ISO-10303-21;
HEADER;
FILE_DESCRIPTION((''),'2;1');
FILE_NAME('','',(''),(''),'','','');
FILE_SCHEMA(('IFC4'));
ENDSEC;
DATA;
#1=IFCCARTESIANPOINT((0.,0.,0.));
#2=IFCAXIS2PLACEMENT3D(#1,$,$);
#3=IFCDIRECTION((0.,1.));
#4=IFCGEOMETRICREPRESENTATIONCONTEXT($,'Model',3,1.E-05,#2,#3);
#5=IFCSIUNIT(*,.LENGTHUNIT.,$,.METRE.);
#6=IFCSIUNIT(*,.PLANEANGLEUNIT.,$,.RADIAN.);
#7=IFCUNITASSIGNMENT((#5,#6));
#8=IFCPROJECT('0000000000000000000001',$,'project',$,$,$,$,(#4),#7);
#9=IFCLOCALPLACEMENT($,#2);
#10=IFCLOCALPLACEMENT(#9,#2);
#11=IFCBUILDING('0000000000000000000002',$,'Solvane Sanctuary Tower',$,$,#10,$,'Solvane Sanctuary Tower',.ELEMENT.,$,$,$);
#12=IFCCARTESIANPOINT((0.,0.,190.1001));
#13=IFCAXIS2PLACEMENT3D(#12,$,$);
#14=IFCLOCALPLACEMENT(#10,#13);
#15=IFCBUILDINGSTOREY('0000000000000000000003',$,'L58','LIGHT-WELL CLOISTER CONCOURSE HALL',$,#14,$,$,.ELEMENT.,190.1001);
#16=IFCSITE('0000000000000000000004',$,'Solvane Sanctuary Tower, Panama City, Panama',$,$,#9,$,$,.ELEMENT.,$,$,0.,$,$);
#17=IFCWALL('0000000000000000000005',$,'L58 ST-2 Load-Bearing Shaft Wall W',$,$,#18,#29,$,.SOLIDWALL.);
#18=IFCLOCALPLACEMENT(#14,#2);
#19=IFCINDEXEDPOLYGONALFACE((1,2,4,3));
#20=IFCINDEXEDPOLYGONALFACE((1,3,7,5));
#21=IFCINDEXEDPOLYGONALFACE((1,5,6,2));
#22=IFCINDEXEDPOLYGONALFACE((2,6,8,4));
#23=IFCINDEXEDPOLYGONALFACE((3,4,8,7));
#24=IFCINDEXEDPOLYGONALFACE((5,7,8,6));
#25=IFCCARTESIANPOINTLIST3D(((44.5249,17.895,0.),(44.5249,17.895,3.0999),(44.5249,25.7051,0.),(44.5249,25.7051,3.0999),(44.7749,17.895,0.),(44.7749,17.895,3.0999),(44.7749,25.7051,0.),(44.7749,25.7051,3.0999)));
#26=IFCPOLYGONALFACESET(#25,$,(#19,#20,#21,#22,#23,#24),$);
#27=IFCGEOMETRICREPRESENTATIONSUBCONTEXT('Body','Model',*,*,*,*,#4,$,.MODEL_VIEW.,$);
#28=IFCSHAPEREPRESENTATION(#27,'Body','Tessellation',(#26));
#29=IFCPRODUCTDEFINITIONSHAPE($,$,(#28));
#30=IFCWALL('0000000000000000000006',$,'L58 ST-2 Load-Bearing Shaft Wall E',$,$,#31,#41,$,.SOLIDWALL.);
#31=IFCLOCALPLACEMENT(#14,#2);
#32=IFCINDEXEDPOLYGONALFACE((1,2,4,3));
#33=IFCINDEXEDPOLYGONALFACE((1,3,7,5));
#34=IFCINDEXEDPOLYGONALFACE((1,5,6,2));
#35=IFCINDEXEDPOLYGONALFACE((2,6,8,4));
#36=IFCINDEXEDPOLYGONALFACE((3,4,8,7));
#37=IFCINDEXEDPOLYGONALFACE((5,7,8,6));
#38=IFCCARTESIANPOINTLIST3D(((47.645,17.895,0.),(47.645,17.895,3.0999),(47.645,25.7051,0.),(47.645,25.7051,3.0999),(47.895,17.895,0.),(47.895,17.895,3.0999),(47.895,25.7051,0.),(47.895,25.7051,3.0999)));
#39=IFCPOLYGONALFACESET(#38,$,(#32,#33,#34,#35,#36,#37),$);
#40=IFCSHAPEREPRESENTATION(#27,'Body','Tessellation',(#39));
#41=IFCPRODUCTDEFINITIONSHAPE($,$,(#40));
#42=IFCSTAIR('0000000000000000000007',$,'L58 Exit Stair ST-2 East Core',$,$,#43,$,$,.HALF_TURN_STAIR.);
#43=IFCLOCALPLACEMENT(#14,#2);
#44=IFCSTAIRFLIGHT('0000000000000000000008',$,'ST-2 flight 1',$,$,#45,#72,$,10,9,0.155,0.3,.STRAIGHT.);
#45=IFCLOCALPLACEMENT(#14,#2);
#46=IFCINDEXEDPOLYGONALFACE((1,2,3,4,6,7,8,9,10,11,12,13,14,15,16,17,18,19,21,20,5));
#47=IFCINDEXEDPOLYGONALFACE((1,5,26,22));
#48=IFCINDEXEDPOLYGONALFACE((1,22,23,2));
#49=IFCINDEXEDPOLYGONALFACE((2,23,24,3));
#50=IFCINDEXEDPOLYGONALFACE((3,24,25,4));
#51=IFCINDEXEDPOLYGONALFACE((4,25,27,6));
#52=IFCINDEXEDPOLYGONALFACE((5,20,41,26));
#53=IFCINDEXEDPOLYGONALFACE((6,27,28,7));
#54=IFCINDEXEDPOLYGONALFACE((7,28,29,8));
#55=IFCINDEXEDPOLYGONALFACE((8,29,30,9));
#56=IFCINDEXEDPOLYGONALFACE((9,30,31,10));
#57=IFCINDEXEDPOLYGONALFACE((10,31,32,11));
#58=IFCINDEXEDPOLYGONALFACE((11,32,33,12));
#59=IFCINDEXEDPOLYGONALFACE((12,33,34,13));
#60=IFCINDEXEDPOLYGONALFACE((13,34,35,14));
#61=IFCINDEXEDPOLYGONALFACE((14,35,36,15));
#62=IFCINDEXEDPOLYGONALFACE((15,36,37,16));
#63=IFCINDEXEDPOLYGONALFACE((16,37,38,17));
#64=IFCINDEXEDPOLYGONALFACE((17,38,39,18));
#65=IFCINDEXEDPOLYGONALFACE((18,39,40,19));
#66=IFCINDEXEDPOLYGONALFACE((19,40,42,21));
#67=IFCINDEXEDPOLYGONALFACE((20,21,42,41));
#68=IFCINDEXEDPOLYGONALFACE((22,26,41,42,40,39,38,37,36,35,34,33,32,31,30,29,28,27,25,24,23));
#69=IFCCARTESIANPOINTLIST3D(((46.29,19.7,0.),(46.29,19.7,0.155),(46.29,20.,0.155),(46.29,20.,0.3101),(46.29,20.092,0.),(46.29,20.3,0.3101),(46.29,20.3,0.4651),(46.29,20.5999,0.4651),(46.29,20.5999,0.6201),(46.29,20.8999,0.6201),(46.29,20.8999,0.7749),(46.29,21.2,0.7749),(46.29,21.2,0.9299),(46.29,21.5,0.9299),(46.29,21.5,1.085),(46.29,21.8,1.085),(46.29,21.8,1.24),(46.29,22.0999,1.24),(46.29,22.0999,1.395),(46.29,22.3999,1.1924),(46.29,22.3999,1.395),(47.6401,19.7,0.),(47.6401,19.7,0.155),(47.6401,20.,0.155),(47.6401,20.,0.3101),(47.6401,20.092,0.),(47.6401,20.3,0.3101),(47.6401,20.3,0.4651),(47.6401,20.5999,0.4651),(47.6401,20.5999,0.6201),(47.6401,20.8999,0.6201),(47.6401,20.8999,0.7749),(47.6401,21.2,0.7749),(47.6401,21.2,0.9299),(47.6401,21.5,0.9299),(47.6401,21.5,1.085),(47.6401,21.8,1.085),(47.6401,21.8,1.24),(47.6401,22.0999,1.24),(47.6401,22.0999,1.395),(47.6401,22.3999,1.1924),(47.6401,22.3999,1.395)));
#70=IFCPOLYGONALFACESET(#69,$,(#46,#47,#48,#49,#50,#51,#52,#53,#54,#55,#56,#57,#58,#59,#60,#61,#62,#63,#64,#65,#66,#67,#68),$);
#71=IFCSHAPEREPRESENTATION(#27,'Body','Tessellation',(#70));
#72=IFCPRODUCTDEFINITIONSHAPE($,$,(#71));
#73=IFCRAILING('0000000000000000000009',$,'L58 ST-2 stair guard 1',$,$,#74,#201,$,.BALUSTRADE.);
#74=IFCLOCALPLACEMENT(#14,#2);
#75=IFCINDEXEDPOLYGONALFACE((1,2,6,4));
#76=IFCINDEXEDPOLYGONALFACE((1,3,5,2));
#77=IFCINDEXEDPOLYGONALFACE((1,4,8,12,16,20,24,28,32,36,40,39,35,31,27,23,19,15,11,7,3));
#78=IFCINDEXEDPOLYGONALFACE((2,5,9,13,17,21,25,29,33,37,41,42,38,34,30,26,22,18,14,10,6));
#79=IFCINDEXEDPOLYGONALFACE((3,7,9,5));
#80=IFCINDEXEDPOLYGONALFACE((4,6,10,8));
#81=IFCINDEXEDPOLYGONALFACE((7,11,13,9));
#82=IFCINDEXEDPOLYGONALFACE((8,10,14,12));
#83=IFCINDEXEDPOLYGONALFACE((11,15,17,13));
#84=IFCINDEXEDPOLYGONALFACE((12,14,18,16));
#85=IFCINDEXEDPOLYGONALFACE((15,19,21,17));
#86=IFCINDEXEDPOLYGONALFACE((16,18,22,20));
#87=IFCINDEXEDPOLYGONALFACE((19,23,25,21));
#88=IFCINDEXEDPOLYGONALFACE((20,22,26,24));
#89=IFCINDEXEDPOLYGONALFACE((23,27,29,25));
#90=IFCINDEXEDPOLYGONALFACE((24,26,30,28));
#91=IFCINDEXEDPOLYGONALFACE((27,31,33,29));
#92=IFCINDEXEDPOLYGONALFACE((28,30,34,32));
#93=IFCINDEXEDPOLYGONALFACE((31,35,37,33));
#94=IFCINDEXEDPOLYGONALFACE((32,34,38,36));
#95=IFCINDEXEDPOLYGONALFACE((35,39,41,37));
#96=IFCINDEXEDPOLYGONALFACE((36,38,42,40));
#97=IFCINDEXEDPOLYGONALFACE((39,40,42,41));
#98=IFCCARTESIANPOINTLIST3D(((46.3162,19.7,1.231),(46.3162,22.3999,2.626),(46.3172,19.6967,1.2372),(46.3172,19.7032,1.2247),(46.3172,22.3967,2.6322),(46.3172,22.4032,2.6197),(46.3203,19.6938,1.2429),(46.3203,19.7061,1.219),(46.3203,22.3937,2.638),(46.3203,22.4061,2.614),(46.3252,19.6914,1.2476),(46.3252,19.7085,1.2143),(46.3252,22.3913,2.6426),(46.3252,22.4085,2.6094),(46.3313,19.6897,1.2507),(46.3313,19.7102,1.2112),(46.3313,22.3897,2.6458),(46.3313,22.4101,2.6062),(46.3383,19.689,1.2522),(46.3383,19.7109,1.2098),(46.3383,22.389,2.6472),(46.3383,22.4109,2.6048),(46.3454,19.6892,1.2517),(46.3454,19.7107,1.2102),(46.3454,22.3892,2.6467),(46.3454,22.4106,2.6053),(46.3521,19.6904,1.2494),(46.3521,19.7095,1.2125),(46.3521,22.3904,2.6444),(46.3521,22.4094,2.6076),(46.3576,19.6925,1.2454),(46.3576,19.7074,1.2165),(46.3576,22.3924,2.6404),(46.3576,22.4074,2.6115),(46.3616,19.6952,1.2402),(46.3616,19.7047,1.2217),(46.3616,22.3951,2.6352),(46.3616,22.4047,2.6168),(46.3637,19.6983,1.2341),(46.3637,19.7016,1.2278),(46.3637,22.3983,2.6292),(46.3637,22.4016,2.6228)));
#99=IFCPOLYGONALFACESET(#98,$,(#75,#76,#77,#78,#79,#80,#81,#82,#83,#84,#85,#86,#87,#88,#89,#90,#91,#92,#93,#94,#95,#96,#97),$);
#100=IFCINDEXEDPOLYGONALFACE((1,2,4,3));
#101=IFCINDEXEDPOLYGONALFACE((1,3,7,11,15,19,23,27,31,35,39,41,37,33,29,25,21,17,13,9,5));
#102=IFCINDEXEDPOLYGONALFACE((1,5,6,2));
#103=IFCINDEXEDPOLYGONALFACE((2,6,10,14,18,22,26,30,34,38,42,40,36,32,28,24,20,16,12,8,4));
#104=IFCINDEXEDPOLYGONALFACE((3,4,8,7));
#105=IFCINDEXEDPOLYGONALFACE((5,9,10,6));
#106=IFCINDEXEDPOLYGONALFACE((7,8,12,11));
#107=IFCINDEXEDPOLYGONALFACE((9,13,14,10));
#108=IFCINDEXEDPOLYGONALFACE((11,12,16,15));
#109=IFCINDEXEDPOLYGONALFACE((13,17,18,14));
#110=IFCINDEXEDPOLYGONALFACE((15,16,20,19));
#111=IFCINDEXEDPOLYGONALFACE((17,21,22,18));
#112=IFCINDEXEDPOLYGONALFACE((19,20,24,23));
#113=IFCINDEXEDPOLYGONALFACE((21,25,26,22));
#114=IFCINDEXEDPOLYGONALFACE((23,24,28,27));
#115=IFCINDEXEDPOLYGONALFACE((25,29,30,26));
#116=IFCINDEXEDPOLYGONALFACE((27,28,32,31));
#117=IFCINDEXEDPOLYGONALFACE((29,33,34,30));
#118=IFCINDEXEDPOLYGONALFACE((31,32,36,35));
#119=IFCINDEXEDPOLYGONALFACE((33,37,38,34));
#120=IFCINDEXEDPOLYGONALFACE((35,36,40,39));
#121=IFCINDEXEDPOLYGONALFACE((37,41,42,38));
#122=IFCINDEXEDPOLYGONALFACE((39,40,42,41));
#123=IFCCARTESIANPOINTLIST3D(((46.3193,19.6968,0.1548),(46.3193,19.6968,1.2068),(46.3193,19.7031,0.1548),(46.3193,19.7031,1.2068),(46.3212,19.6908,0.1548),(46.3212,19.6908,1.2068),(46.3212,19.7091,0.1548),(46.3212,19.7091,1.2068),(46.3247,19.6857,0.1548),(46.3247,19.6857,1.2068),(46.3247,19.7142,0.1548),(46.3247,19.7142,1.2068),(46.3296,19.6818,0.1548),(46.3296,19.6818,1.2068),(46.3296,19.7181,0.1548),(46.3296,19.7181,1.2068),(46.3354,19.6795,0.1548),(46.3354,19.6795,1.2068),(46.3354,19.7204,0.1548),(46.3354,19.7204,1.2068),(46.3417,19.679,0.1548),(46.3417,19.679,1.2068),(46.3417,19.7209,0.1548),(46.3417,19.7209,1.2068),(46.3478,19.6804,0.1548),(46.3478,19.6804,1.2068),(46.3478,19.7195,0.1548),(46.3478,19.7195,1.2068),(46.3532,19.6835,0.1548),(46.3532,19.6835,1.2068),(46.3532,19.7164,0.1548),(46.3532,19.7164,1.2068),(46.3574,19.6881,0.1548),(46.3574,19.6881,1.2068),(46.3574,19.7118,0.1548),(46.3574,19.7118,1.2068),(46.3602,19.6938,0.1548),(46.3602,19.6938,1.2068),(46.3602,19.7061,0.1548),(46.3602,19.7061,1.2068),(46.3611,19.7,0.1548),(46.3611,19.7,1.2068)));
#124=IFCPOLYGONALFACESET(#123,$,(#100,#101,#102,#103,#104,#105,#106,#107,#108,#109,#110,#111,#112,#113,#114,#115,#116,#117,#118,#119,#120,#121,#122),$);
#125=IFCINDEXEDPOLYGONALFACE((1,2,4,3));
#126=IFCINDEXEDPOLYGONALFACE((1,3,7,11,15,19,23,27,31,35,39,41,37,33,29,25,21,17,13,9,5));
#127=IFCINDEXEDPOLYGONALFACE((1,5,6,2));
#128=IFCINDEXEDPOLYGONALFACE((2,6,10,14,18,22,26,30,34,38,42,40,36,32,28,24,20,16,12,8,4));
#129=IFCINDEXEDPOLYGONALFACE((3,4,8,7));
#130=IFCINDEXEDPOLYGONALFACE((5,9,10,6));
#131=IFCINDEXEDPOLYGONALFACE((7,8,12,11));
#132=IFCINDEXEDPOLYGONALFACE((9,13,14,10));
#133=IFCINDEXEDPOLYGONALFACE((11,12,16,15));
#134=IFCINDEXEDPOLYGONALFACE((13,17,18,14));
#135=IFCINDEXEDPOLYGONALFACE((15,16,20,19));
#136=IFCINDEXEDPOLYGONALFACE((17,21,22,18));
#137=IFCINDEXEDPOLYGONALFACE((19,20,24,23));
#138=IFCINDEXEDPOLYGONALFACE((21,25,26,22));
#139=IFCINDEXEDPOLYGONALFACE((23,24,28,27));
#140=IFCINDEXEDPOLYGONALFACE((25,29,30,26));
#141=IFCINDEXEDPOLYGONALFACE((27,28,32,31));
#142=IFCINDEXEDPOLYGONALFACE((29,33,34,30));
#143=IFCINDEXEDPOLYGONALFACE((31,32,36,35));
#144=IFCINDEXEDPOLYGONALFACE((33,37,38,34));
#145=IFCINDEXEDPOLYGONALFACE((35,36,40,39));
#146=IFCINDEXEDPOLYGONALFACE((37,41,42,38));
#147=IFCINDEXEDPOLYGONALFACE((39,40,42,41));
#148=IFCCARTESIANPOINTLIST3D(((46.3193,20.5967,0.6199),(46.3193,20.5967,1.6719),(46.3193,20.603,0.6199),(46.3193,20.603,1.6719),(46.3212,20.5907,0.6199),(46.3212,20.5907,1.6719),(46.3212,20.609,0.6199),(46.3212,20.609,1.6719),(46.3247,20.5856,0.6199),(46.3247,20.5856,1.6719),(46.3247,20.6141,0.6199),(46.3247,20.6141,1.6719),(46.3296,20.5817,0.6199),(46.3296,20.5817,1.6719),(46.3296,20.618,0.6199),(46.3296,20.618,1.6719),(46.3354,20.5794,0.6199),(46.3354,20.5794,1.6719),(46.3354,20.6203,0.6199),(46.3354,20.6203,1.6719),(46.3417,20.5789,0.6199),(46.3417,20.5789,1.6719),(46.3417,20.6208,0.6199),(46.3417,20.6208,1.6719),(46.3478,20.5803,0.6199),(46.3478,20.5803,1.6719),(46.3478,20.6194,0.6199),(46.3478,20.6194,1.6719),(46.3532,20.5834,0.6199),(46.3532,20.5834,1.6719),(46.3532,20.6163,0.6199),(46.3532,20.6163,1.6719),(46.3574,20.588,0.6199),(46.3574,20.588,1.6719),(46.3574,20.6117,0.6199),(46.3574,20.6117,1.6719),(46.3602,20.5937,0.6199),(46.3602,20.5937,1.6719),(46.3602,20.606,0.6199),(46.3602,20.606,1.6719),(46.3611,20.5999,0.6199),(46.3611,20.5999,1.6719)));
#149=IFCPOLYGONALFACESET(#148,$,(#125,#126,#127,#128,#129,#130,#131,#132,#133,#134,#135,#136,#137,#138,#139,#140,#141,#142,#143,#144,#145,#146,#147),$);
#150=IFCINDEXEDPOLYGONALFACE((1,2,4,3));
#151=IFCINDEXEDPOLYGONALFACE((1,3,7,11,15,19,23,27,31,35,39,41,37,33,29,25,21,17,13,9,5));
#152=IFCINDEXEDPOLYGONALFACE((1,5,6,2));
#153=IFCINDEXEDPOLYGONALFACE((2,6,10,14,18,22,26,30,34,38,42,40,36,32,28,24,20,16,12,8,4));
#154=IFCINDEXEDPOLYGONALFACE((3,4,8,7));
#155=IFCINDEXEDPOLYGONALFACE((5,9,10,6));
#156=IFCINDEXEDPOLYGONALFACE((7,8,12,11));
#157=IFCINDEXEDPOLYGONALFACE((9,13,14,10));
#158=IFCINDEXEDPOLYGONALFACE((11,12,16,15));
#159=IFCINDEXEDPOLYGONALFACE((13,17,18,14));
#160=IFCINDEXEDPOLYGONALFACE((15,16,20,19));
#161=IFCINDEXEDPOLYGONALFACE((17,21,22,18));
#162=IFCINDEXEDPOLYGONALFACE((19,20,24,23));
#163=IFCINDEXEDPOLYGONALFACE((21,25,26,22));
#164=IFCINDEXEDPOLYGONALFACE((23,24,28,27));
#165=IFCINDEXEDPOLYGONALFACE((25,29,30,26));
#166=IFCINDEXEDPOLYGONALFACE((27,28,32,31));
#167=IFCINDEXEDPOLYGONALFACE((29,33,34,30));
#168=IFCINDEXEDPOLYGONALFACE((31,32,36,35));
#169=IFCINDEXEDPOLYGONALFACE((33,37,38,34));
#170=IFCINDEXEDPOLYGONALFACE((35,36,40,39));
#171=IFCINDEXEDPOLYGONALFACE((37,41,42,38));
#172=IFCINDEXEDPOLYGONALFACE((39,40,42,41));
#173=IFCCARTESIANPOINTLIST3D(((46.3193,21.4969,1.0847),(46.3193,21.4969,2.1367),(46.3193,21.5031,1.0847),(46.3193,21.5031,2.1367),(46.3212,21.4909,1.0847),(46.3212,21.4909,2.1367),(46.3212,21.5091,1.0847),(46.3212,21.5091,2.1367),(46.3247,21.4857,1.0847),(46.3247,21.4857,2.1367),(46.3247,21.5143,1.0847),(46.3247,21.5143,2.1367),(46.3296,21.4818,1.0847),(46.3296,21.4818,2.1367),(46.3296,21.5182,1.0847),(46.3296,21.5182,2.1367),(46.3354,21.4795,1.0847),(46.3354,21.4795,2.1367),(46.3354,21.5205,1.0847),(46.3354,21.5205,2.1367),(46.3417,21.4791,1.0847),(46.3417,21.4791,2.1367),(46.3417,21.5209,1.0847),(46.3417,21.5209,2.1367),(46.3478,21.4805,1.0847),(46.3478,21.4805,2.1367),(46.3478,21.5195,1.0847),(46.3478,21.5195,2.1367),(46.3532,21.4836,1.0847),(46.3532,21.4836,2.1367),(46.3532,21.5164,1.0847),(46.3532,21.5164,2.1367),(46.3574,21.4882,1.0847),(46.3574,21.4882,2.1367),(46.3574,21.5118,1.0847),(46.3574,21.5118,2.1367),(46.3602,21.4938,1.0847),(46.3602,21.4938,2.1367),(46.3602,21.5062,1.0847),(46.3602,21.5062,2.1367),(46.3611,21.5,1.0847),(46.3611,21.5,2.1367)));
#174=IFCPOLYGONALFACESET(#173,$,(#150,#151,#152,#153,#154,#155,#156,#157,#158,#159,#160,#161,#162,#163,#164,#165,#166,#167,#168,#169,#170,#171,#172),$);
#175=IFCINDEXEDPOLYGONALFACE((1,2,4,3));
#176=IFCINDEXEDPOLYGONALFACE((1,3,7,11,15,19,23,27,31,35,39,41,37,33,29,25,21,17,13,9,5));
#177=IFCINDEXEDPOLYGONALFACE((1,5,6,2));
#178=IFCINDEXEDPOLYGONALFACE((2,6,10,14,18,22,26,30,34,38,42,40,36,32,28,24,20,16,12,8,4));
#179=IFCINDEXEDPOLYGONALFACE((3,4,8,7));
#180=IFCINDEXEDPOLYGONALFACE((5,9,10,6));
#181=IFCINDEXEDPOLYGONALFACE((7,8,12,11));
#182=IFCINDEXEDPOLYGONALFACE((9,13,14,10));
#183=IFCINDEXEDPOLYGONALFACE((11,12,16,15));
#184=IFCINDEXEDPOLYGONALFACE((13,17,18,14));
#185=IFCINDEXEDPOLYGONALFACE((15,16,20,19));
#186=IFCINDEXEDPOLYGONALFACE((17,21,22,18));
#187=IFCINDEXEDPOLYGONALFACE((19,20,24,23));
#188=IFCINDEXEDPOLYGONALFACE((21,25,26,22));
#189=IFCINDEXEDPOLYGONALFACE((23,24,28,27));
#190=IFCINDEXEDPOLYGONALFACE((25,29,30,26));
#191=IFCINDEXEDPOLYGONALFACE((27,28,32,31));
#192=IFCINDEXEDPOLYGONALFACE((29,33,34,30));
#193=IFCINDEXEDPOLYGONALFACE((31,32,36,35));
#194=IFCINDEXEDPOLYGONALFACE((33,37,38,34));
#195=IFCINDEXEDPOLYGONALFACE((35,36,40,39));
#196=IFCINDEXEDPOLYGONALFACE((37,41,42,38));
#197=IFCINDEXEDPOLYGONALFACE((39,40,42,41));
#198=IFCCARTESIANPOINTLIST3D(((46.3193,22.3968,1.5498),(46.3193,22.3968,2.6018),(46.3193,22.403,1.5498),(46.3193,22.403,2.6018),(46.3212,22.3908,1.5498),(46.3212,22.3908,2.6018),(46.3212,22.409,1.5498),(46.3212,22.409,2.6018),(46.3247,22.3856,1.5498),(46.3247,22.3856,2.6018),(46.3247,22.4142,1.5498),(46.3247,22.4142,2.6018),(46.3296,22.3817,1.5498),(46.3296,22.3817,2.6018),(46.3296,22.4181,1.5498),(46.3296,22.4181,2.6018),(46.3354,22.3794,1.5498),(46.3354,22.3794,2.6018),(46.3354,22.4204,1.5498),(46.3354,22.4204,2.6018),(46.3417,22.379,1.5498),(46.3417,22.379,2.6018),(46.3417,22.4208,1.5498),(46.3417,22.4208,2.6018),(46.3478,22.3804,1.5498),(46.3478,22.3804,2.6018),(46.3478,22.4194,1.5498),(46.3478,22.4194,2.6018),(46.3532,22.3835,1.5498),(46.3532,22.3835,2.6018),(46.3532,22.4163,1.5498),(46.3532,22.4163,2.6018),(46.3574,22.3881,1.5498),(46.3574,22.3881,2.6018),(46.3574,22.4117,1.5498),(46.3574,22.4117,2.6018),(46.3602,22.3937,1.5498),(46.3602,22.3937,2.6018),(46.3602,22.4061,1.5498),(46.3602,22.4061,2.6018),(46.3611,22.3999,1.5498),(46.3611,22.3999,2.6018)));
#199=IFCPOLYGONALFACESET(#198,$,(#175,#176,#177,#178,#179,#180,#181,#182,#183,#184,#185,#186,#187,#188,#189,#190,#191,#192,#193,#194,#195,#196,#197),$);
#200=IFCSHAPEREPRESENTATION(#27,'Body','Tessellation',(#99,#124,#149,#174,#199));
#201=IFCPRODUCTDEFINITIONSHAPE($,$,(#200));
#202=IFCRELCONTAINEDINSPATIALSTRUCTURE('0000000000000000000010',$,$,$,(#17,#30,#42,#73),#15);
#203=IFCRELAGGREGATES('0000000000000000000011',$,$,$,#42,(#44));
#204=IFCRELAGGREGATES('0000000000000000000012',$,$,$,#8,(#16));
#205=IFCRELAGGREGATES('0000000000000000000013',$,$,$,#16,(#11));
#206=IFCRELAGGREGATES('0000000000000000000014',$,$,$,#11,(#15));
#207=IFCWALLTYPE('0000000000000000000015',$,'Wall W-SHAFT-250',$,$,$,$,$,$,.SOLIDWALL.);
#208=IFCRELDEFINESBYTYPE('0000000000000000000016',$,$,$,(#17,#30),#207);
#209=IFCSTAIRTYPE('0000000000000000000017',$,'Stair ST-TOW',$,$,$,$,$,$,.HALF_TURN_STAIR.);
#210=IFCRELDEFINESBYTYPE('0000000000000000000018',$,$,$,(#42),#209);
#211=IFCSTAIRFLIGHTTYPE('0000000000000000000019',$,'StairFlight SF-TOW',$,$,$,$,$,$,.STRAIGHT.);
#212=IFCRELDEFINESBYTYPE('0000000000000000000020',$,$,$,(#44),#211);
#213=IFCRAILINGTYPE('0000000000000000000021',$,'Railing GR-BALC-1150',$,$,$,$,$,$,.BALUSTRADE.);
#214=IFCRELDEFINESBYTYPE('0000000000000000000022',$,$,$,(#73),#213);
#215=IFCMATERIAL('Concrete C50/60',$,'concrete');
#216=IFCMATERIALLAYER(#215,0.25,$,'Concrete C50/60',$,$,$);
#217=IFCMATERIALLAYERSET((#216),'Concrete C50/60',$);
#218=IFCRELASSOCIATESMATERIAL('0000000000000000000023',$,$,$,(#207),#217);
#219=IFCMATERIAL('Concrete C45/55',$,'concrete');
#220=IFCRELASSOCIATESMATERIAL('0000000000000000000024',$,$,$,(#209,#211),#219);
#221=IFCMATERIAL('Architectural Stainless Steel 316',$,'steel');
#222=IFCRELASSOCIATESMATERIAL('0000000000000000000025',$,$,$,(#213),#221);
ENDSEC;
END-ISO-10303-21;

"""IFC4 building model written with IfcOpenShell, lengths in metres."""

from ifc_helpers import new_model, si_unit, direction, frame, frame_2d, origin, origin_2d, place, context, subcontext, project, spatial, polyline, rectangle, circle, outline, extrude, material, layer, layer_set, type_object, element, aggregate, save


model = new_model("IFC4")

# Units and contexts
model_context = context("Model", 3, precision=1e-05, world=origin(), true_north=direction((0.0, 1.0)))
body_context = subcontext(model_context, "Body", "Model", "MODEL_VIEW")
ifc_project = project(units=[si_unit("LENGTHUNIT", "METRE"), si_unit("PLANEANGLEUNIT", "RADIAN")], contexts=[model_context])

# Site, building, storey
site_placement = place(None, origin())
site = spatial("IfcSite", under=ifc_project, at=site_placement, Name="Solvane Sanctuary Tower, Panama City, Panama", CompositionType="ELEMENT", RefElevation=0.0)
building_placement = place(site_placement, origin())
building = spatial("IfcBuilding", under=site, at=building_placement, Name="Solvane Sanctuary Tower", LongName="Solvane Sanctuary Tower", CompositionType="ELEMENT")
storey_placement = place(building_placement, frame((0.0, 0.0, 190.1001)))
storey = spatial("IfcBuildingStorey", under=building, at=storey_placement, Name="L58", Description="LIGHT-WELL CLOISTER CONCOURSE HALL", CompositionType="ELEMENT", Elevation=190.1001)

# Shared definitions
ifc_material_1 = material(Name="Concrete C50/60", Category="concrete")

# Shared definitions
ifc_layer_1 = layer(ifc_material_1, 0.25, Name="Concrete C50/60")
ifc_layer_set_1 = layer_set([ifc_layer_1], Name="Concrete C50/60")
wall_type_1 = type_object("IfcWallType", Name="Wall W-SHAFT-250", PredefinedType="SOLIDWALL", material=ifc_layer_set_1)
ifc_material_2 = material(Name="Architectural Stainless Steel 316", Category="steel")

# Walls
for number, where, z_axis, x_axis, name in (
    (1, (44.6499, 17.895, 0.0), (0.0, 0.0, 1.0), (0.0, 1.0, 0.0), "L58 ST-2 Load-Bearing Shaft Wall W"),
    (2, (47.77, 17.895, 0.0), (0.0, 0.0, 1.0), (0.0, 1.0, 0.0), "L58 ST-2 Load-Bearing Shaft Wall E"),
):
    element("IfcWall", number, at=place(storey_placement, frame(where, z_axis=z_axis, x_axis=x_axis)), inside=storey, type_object=wall_type_1, Name=name, PredefinedType="SOLIDWALL", context=body_context, shape_type="SweptSolid", body=[
        extrude(rectangle(XDim=7.8101, YDim=0.25, at=frame_2d((3.905, 0.0))), origin(), (0.0, 0.0, 1.0), 3.0999),
    ])

# Stair, stair flight
ifc_material_3 = material(Name="Concrete C45/55", Category="concrete")
stair_type = type_object("IfcStairType", Name="Stair ST-TOW", PredefinedType="HALF_TURN_STAIR", material=ifc_material_3)
stair_placement = place(storey_placement, origin())
stair = element("IfcStair", 3, at=stair_placement, inside=storey, type_object=stair_type, Name="L58 Exit Stair ST-2 East Core", PredefinedType="HALF_TURN_STAIR")
stair_flight_type = type_object("IfcStairFlightType", Name="StairFlight SF-TOW", PredefinedType="STRAIGHT", material=ifc_material_3)
stair_flight_placement = place(storey_placement, frame((46.9651, 19.7, 0.0), z_axis=(0.0, 0.0, 1.0), x_axis=(0.0, 1.0, 0.0)))
stair_flight = element("IfcStairFlight", 4, at=stair_flight_placement, type_object=stair_flight_type, Name="ST-2 flight 1", NumberOfRisers=10, NumberOfTreads=9, PredefinedType="STRAIGHT", RiserHeight=0.155, TreadLength=0.3, context=body_context, shape_type="SweptSolid", body=[
    extrude(outline(polyline([(0.0, 0.0), (0.0, 0.155), (0.3, 0.155), (0.3, 0.3101), (0.6001, 0.3101), (0.6001, 0.4651), (0.8999, 0.4651), (0.8999, 0.6201), (1.2, 0.6201), (1.2, 0.7749), (1.5, 0.7749), (1.5, 0.9299), (1.8, 0.9299), (1.8, 1.085), (2.1001, 1.085), (2.1001, 1.24), (2.3999, 1.24), (2.3999, 1.395), (2.7, 1.395), (2.7, 1.55), (2.7, 1.1924), (0.3921, 0.0), (0.0, 0.0)])), frame((0.0, 0.675, 0.0), z_axis=(0.0, -1.0, 0.0), x_axis=(1.0, 0.0, 0.0)), (0.0, 0.0, 1.0), 1.3501),
])
aggregate(stair, [stair_flight])

# Railing
railing_type_1 = type_object("IfcRailingType", Name="Railing GR-BALC-1150", PredefinedType="BALUSTRADE", material=ifc_material_2)
railing_1_placement = place(storey_placement, frame((46.3401, 19.7, 0.1548)))
element("IfcRailing", 5, at=railing_1_placement, inside=storey, type_object=railing_type_1, Name="L58 ST-2 stair guard 1", PredefinedType="BALUSTRADE", context=body_context, shape_type="SweptSolid", body=[
    extrude(circle(Radius=0.0239, at=origin_2d()), frame((0.0, 0.0, 1.0762), z_axis=(0.0, 0.88842, 0.459032), x_axis=(-1.0, 0.0, 0.0)), (0.0, 0.0, 1.0), 3.0391),
    extrude(circle(Radius=0.021, at=origin_2d()), origin(), (0.0, 0.0, 1.0), 1.052),
    extrude(circle(Radius=0.021, at=origin_2d()), frame((0.0, 0.8999, 0.4651)), (0.0, 0.0, 1.0), 1.052),
    extrude(circle(Radius=0.021, at=origin_2d()), frame((0.0, 1.8, 0.9299)), (0.0, 0.0, 1.0), 1.052),
    extrude(circle(Radius=0.021, at=origin_2d()), frame((0.0, 2.7, 1.395)), (0.0, 0.0, 1.0), 1.052),
])

save(model, "model.ifc")
